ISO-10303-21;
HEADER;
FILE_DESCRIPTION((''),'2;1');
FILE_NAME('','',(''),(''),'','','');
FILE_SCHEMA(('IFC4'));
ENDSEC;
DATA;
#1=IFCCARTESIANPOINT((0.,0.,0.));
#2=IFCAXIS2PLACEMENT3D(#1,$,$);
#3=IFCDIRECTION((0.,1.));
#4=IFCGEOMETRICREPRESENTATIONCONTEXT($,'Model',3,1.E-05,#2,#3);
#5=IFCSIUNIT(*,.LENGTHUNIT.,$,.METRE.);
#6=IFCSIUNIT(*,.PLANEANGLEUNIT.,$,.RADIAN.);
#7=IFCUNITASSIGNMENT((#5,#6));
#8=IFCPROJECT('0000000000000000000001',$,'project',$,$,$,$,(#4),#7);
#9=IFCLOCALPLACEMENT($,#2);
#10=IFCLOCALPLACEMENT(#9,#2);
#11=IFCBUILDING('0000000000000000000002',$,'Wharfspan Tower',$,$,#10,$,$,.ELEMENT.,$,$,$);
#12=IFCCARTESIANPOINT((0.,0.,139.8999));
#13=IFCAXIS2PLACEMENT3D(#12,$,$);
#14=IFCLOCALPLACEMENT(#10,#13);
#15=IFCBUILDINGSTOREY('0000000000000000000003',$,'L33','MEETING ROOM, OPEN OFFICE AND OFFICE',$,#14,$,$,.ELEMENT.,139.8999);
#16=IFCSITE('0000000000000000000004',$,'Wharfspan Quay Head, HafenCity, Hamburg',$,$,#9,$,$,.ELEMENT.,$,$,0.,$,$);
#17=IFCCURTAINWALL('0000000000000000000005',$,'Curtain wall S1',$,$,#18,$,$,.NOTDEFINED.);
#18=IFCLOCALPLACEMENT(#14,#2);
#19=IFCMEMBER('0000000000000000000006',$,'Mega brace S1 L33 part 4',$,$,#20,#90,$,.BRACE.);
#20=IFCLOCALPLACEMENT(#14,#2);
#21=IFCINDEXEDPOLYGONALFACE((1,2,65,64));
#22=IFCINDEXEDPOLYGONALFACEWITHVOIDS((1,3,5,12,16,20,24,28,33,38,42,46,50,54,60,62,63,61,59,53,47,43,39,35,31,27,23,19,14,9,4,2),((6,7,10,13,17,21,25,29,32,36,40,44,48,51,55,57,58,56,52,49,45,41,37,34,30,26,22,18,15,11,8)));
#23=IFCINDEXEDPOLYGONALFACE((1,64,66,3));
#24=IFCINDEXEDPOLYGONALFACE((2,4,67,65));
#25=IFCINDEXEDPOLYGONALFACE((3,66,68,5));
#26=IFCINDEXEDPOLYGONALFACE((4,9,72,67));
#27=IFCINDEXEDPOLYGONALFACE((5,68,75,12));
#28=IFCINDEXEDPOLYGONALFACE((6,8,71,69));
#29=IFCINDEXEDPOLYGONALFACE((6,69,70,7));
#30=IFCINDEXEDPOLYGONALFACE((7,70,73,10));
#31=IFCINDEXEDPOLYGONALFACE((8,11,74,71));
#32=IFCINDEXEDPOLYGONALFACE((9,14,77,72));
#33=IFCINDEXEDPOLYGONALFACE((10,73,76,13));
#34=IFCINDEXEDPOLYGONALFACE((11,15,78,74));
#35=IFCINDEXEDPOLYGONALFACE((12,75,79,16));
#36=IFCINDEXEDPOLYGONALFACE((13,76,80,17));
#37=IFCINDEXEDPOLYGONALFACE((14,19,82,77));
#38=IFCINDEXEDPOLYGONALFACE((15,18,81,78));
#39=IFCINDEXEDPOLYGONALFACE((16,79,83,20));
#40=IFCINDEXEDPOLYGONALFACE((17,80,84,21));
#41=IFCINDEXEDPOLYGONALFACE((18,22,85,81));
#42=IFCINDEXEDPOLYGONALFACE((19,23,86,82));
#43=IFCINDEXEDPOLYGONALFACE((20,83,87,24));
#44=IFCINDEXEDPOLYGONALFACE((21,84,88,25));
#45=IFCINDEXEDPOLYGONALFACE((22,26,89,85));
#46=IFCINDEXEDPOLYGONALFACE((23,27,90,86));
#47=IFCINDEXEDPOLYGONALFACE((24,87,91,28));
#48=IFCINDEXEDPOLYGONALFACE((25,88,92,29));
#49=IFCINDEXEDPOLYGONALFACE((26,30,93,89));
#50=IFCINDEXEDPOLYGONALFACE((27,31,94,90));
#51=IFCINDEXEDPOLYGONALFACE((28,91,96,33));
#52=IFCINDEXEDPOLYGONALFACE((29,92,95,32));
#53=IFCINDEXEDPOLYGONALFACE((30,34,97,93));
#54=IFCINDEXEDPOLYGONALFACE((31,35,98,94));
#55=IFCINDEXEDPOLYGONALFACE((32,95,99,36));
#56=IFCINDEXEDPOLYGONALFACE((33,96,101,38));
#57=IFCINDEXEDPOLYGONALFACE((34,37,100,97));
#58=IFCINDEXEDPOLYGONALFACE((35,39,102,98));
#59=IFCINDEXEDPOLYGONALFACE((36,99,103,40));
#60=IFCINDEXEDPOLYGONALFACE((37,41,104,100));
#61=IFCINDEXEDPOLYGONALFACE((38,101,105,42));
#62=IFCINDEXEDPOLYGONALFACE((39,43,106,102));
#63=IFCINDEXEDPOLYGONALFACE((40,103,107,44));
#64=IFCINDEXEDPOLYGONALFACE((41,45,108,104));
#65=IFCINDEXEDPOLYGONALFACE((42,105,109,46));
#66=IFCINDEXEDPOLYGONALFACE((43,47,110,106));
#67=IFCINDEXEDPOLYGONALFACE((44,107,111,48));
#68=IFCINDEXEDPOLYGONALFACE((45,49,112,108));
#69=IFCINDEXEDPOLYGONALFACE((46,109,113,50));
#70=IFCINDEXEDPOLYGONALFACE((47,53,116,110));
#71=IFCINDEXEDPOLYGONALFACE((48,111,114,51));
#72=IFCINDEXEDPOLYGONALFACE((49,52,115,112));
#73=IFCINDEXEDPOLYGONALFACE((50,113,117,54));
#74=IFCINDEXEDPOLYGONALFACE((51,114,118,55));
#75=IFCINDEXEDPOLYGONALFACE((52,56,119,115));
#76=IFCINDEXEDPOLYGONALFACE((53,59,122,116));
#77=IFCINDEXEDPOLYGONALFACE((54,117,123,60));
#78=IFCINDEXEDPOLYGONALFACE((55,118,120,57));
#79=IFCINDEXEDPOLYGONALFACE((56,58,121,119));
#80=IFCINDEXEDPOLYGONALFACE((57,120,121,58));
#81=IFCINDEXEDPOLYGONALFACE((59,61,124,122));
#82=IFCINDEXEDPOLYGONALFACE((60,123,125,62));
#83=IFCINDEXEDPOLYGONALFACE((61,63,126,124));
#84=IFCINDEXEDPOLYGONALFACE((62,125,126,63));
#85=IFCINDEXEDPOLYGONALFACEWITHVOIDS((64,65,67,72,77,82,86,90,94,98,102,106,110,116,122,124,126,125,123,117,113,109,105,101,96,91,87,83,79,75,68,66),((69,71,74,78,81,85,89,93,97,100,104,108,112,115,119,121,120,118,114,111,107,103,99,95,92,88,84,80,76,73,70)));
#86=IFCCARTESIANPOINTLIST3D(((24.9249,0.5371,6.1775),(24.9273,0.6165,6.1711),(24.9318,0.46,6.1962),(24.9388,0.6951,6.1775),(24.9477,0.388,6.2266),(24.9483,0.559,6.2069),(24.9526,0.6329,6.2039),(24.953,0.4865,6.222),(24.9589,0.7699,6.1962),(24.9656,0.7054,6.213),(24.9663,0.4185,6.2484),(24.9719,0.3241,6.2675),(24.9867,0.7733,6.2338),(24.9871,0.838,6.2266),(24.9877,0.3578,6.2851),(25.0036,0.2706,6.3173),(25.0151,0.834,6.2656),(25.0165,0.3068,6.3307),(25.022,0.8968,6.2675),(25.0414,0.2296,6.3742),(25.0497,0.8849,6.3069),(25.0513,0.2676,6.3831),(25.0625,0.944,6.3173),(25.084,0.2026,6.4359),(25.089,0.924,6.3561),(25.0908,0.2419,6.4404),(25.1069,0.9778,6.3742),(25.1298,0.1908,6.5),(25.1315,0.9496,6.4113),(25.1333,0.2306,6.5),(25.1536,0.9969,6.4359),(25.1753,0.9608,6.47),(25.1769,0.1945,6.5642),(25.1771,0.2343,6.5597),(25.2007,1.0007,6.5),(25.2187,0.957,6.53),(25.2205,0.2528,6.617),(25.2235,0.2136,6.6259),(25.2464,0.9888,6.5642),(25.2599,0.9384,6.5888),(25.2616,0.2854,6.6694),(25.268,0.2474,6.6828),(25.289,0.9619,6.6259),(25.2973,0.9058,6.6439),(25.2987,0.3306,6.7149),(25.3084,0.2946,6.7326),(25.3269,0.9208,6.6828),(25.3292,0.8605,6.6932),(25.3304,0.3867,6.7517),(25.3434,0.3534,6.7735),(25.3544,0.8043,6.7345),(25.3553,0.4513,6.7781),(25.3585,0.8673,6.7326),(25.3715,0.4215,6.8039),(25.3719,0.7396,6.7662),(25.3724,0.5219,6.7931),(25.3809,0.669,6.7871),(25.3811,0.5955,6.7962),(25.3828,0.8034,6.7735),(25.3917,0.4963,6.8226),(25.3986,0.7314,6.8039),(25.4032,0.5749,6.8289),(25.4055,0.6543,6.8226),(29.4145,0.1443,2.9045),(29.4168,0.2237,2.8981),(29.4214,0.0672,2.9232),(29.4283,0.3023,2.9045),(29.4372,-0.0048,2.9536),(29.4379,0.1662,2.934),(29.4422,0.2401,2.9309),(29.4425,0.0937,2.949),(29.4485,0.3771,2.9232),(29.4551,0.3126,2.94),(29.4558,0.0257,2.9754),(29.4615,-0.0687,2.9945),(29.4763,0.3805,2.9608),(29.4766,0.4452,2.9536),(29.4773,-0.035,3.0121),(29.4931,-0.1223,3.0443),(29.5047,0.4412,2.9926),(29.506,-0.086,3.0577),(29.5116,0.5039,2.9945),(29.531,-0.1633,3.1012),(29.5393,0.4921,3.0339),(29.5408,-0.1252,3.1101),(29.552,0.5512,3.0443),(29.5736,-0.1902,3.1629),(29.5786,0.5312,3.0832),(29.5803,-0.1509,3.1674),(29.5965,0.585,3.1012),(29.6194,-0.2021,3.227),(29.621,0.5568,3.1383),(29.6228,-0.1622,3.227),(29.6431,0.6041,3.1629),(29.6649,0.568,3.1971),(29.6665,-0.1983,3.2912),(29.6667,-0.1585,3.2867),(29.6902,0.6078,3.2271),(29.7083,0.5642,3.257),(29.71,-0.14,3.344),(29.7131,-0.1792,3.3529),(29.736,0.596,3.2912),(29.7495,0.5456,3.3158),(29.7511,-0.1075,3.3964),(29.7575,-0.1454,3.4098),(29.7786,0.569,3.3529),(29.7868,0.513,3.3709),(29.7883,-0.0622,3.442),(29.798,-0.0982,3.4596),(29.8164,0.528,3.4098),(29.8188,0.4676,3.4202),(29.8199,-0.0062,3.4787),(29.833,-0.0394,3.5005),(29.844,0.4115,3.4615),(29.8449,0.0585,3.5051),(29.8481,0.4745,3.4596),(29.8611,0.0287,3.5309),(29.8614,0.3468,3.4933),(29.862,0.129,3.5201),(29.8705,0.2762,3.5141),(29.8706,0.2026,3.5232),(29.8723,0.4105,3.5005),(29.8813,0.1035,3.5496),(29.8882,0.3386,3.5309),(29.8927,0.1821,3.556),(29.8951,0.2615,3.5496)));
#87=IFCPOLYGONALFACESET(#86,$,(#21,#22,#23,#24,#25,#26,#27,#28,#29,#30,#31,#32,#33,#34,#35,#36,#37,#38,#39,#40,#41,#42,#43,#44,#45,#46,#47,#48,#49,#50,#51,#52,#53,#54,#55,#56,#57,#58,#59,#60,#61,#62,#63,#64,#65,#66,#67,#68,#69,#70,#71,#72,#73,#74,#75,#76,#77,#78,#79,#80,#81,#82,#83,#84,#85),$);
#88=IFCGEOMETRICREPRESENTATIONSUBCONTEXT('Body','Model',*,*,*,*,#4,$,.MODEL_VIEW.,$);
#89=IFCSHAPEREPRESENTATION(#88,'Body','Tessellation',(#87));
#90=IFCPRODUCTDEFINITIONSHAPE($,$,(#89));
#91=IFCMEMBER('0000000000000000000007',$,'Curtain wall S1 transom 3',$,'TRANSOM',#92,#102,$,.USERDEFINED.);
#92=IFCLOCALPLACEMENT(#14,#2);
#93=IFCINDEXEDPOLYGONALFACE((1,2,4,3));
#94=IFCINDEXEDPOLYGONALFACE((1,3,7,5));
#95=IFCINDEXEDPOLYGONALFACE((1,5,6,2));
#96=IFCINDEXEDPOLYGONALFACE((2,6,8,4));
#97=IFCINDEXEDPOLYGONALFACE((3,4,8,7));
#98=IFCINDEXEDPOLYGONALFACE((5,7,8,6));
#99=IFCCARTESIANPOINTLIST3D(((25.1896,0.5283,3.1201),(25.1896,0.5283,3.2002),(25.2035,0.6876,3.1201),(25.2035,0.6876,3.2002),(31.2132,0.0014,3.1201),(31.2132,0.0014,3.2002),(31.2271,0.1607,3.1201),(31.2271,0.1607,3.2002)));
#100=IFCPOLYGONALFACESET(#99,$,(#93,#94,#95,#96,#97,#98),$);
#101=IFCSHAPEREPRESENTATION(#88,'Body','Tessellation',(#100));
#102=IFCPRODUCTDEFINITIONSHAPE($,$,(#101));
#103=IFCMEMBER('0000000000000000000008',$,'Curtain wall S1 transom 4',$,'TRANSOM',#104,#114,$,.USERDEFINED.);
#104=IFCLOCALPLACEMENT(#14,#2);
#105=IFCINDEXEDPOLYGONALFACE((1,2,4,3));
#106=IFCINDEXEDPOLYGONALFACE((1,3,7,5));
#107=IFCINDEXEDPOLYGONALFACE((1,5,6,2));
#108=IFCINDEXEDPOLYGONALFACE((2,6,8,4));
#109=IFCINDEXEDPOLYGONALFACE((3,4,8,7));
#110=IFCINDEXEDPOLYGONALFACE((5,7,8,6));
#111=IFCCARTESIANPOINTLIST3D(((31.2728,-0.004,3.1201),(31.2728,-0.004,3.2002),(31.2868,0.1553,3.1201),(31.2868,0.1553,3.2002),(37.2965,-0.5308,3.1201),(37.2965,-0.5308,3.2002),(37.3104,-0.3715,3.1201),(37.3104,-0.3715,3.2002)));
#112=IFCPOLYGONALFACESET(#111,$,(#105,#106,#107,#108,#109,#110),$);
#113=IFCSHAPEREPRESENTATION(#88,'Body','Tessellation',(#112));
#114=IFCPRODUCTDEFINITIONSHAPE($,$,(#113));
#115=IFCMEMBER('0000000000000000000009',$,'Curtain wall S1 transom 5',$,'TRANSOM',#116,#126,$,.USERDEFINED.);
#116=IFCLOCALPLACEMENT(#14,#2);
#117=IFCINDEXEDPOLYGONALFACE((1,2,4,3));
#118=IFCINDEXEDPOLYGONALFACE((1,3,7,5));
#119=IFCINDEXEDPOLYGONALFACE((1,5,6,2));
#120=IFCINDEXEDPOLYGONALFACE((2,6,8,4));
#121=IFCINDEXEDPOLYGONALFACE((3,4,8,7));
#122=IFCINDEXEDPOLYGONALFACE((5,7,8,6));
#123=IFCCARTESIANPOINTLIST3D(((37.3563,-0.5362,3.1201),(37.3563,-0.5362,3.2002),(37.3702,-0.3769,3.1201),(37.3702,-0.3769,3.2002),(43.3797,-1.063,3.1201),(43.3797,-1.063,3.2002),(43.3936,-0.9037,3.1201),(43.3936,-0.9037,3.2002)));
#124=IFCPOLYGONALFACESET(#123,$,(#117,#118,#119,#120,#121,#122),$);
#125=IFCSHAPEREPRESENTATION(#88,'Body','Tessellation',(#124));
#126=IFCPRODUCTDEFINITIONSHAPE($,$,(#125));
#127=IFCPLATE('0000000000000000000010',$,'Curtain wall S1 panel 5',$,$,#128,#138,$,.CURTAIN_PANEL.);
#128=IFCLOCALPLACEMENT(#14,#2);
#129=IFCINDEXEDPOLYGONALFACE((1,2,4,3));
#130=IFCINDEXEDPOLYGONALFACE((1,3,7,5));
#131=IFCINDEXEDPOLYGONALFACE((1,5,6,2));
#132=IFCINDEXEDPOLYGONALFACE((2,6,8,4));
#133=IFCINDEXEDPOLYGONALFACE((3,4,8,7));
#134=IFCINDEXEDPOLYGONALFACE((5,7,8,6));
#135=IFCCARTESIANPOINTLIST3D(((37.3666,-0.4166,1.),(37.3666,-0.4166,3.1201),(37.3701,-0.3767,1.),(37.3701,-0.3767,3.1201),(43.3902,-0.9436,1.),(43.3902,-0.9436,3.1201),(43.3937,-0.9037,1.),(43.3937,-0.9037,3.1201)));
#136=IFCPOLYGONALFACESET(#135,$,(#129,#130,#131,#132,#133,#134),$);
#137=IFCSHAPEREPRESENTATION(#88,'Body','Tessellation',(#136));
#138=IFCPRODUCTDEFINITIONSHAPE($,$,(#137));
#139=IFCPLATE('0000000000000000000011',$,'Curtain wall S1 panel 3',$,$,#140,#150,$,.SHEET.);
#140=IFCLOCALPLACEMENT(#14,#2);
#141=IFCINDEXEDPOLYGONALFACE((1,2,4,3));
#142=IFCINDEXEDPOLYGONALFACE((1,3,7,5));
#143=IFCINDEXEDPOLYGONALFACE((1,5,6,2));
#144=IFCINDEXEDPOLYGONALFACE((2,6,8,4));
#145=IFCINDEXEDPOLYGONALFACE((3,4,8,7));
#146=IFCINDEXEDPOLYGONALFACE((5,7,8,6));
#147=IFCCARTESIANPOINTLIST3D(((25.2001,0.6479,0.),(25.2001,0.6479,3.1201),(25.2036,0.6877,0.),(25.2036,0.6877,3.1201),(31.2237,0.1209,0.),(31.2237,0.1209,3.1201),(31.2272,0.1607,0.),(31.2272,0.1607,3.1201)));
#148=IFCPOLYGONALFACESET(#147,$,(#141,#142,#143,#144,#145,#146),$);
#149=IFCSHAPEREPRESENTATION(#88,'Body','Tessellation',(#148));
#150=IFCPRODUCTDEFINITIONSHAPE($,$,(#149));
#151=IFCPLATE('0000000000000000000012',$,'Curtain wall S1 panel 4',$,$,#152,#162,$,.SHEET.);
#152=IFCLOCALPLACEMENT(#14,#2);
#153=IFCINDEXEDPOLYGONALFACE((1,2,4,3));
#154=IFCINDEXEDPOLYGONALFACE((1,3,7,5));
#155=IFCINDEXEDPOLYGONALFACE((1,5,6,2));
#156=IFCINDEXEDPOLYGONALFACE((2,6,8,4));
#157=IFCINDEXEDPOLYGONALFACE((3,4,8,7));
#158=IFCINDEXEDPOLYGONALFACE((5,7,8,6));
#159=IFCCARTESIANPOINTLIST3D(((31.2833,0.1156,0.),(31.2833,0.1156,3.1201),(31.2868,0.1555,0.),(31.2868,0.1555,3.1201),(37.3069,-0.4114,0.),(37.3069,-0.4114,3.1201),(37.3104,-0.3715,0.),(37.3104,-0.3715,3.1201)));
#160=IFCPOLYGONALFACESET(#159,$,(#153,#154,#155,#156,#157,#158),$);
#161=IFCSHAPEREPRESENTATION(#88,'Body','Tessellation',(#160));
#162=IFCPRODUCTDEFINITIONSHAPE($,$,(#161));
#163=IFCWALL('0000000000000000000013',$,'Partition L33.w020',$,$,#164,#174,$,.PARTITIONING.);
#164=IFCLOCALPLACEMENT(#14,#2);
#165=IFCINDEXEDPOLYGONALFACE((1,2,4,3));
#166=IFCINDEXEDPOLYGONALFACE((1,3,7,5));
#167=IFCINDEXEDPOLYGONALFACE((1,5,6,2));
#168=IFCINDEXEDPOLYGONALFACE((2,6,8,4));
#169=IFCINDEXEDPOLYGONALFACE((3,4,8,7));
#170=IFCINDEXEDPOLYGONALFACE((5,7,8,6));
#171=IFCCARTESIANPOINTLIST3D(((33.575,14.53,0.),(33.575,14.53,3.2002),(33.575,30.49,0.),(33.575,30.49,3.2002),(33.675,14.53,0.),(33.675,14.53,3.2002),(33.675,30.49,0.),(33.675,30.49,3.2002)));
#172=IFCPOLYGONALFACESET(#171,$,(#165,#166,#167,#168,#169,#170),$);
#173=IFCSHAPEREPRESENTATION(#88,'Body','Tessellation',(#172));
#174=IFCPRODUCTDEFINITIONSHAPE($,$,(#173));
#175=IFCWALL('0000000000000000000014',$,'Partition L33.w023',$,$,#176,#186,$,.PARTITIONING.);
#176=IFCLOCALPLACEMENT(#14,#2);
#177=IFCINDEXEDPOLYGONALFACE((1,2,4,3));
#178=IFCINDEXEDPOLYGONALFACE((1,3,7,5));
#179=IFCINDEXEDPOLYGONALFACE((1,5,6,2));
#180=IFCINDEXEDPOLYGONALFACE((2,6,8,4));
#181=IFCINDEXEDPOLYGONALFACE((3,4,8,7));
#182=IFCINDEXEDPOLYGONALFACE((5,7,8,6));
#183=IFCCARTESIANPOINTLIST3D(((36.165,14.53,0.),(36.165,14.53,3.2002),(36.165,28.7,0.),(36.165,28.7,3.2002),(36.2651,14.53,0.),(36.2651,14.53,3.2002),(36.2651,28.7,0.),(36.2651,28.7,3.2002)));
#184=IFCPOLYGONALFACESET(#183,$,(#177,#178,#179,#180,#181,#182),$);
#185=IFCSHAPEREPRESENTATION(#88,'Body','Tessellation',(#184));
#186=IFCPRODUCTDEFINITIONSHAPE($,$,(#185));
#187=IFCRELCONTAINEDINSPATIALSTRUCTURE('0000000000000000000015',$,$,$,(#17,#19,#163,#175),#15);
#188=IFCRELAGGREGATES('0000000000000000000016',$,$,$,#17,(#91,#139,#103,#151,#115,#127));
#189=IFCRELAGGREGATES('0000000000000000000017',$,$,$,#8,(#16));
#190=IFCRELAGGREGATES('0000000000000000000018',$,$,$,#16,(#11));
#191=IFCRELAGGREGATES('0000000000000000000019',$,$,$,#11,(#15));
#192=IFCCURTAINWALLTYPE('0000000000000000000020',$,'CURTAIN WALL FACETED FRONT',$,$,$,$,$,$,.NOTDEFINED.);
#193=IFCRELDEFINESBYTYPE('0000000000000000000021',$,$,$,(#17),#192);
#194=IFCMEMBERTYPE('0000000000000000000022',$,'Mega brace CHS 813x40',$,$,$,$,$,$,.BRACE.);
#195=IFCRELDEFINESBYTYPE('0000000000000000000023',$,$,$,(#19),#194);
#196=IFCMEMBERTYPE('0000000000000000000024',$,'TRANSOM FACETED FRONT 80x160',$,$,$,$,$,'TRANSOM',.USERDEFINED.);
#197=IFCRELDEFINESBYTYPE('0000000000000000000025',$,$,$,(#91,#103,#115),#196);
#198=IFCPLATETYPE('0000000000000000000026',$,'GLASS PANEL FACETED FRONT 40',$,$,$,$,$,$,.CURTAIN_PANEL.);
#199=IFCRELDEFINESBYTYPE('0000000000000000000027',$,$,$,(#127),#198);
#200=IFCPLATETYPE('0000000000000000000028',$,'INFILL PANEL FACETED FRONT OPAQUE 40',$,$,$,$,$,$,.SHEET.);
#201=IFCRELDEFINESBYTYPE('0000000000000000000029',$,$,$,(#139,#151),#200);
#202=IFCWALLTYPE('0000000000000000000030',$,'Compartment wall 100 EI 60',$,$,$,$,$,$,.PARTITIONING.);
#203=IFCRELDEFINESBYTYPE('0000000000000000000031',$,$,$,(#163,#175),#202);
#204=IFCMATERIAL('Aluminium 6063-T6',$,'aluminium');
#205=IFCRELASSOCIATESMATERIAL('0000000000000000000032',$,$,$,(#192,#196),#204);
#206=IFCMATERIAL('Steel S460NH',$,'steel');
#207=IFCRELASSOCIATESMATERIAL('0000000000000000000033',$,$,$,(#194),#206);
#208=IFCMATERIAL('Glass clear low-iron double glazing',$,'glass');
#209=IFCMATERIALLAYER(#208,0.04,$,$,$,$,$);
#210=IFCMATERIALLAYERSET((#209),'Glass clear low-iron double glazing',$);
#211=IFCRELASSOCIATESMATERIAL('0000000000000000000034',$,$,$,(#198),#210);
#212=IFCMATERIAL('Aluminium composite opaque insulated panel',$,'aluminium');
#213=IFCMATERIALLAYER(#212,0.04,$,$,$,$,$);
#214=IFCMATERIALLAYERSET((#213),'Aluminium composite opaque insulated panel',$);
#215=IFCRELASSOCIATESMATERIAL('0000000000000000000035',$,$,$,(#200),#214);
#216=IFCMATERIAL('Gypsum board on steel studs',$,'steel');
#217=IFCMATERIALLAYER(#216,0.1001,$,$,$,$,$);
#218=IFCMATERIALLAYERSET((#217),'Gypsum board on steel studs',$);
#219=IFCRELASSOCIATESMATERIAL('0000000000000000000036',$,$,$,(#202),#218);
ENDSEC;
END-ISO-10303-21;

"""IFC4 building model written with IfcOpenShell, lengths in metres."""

from ifc_helpers import new_model, si_unit, direction, frame, frame_2d, origin, origin_2d, place, context, subcontext, project, spatial, rectangle, hollow_circle, extrude, material, layer, layer_set, material_profile, profile_set, type_object, element, aggregate, save


model = new_model("IFC4")

# Units and contexts
model_context = context("Model", 3, precision=1e-05, world=origin(), true_north=direction((0.0, 1.0)))
body_context = subcontext(model_context, "Body", "Model", "MODEL_VIEW")
ifc_project = project(units=[si_unit("LENGTHUNIT", "METRE"), si_unit("PLANEANGLEUNIT", "RADIAN")], contexts=[model_context])

# Site, building, storey
site_placement = place(None, origin())
site = spatial("IfcSite", under=ifc_project, at=site_placement, Name="Wharfspan Quay Head, HafenCity, Hamburg", CompositionType="ELEMENT", RefElevation=0.0)
building_placement = place(site_placement, origin())
building = spatial("IfcBuilding", under=site, at=building_placement, Name="Wharfspan Tower", CompositionType="ELEMENT")
storey_placement = place(building_placement, frame((0.0, 0.0, 139.8999)))
storey = spatial("IfcBuildingStorey", under=building, at=storey_placement, Name="L33", Description="MEETING ROOM, OPEN OFFICE AND OFFICE", CompositionType="ELEMENT", Elevation=139.8999)

# Curtain wall
ifc_material_1 = material(Name="Aluminium 6063-T6", Category="aluminium")
curtain_wall_type = type_object("IfcCurtainWallType", Name="CURTAIN WALL FACETED FRONT", PredefinedType="NOTDEFINED", material=ifc_material_1)
curtain_wall_placement = place(storey_placement, origin())
curtain_wall = element("IfcCurtainWall", 1, at=curtain_wall_placement, inside=storey, type_object=curtain_wall_type, Name="Curtain wall S1", PredefinedType="NOTDEFINED")

# Member
ifc_material_2 = material(Name="Steel S460NH", Category="steel")
ifc_material_profile_1 = material_profile(ifc_material_2, hollow_circle(Radius=0.4065, WallThickness=0.04, at=origin_2d()))
ifc_profile_set_1 = profile_set([ifc_material_profile_1], Name="Steel S460NH")
member_type_1 = type_object("IfcMemberType", Name="Mega brace CHS 813x40", PredefinedType="BRACE", material=ifc_profile_set_1)
member_1_placement = place(storey_placement, frame((29.6548, 0.2029, 3.2271), z_axis=(-0.806051, 0.070528, 0.587629), x_axis=(-0.087168, -0.996193, -0.000004)))
element("IfcMember", 2, at=member_1_placement, inside=storey, type_object=member_type_1, Name="Mega brace S1 L33 part 4", PredefinedType="BRACE", context=body_context, shape_type="SweptSolid", body=[
    extrude(hollow_circle(Radius=0.4065, WallThickness=0.04, at=origin_2d()), origin(), (0.0, 0.0, 1.0), 5.5698),
])

# Members
ifc_material_profile_2 = material_profile(ifc_material_1, rectangle(XDim=0.1599, YDim=0.0801, at=origin_2d()))
ifc_profile_set_2 = profile_set([ifc_material_profile_2], Name="Aluminium 6063-T6")
member_type_2 = type_object("IfcMemberType", Name="TRANSOM FACETED FRONT 80x160", ElementType="TRANSOM", PredefinedType="USERDEFINED", material=ifc_profile_set_2)
member_2_placement = place(storey_placement, frame((25.1965, 0.6079, 3.1602), z_axis=(0.996197, -0.087131, 0.0), x_axis=(0.087131, 0.996197, 0.0)))
member_2 = element("IfcMember", 3, at=member_2_placement, type_object=member_type_2, Name="Curtain wall S1 transom 3", ObjectType="TRANSOM", PredefinedType="USERDEFINED", context=body_context, shape_type="SweptSolid", body=[
    extrude(rectangle(XDim=0.1599, YDim=0.0801, at=origin_2d()), origin(), (0.0, 0.0, 1.0), 6.0466),
])
member_3_placement = place(storey_placement, frame((31.2798, 0.0757, 3.1602), z_axis=(0.996197, -0.087131, 0.0), x_axis=(0.087131, 0.996197, 0.0)))
member_3 = element("IfcMember", 4, at=member_3_placement, type_object=member_type_2, Name="Curtain wall S1 transom 4", ObjectType="TRANSOM", PredefinedType="USERDEFINED", context=body_context, shape_type="SweptSolid", body=[
    extrude(rectangle(XDim=0.1599, YDim=0.0801, at=origin_2d()), origin(), (0.0, 0.0, 1.0), 6.0466),
])
member_4_placement = place(storey_placement, frame((37.3633, -0.4565, 3.1602), z_axis=(0.996197, -0.087135, 0.0), x_axis=(0.087135, 0.996197, 0.0)))
member_4 = element("IfcMember", 5, at=member_4_placement, type_object=member_type_2, Name="Curtain wall S1 transom 5", ObjectType="TRANSOM", PredefinedType="USERDEFINED", context=body_context, shape_type="SweptSolid", body=[
    extrude(rectangle(XDim=0.1599, YDim=0.0801, at=origin_2d()), origin(), (0.0, 0.0, 1.0), 6.0464),
])

# Plates
ifc_material_3 = material(Name="Glass clear low-iron double glazing", Category="glass")
ifc_layer_1 = layer(ifc_material_3, 0.04)
ifc_layer_set_1 = layer_set([ifc_layer_1], Name="Glass clear low-iron double glazing")
plate_type_1 = type_object("IfcPlateType", Name="GLASS PANEL FACETED FRONT 40", PredefinedType="CURTAIN_PANEL", material=ifc_layer_set_1)
plate_1_placement = place(storey_placement, frame((40.3801, -0.6602, 1.0), z_axis=(0.0, 0.0, 1.0), x_axis=(0.996198, -0.087156, 0.0)))
plate_1 = element("IfcPlate", 6, at=plate_1_placement, type_object=plate_type_1, Name="Curtain wall S1 panel 5", PredefinedType="CURTAIN_PANEL", context=body_context, shape_type="SweptSolid", body=[
    extrude(rectangle(XDim=6.0466, YDim=0.04, at=origin_2d()), origin(), (0.0, 0.0, 1.0), 2.1201),
])
ifc_material_4 = material(Name="Aluminium composite opaque insulated panel", Category="aluminium")
ifc_layer_2 = layer(ifc_material_4, 0.04)
ifc_layer_set_2 = layer_set([ifc_layer_2], Name="Aluminium composite opaque insulated panel")
plate_type_2 = type_object("IfcPlateType", Name="INFILL PANEL FACETED FRONT OPAQUE 40", PredefinedType="SHEET", material=ifc_layer_set_2)
plate_2_placement = place(storey_placement, frame((28.2136, 0.4043, 0.0), z_axis=(0.0, 0.0, 1.0), x_axis=(0.996198, -0.087156, 0.0)))
plate_2 = element("IfcPlate", 7, at=plate_2_placement, type_object=plate_type_2, Name="Curtain wall S1 panel 3", PredefinedType="SHEET", context=body_context, shape_type="SweptSolid", body=[
    extrude(rectangle(XDim=6.0466, YDim=0.04, at=origin_2d()), origin(), (0.0, 0.0, 1.0), 3.1201),
])
plate_3_placement = place(storey_placement, frame((34.2969, -0.1279, 0.0), z_axis=(0.0, 0.0, 1.0), x_axis=(0.996198, -0.087156, 0.0)))
plate_3 = element("IfcPlate", 8, at=plate_3_placement, type_object=plate_type_2, Name="Curtain wall S1 panel 4", PredefinedType="SHEET", context=body_context, shape_type="SweptSolid", body=[
    extrude(rectangle(XDim=6.0466, YDim=0.04, at=origin_2d()), origin(), (0.0, 0.0, 1.0), 3.1201),
])
aggregate(curtain_wall, [member_2, plate_2, member_3, plate_3, member_4, plate_1])

# Walls
ifc_material_5 = material(Name="Gypsum board on steel studs", Category="steel")
ifc_layer_3 = layer(ifc_material_5, 0.1001)
ifc_layer_set_3 = layer_set([ifc_layer_3], Name="Gypsum board on steel studs")
wall_type_1 = type_object("IfcWallType", Name="Compartment wall 100 EI 60", PredefinedType="PARTITIONING", material=ifc_layer_set_3)
wall_1_placement = place(storey_placement, frame((33.625, 14.53, 0.0), z_axis=(0.0, 0.0, 1.0), x_axis=(0.0, 1.0, 0.0)))
element("IfcWall", 9, at=wall_1_placement, inside=storey, type_object=wall_type_1, Name="Partition L33.w020", PredefinedType="PARTITIONING", context=body_context, shape_type="SweptSolid", body=[
    extrude(rectangle(XDim=15.96, YDim=0.1001, at=frame_2d((7.98, 0.0))), origin(), (0.0, 0.0, 1.0), 3.2002),
])
for number, where, z_axis, x_axis, name in (
    (10, (36.2151, 14.53, 0.0), (0.0, 0.0, 1.0), (0.0, 1.0, 0.0), "Partition L33.w023"),
):
    element("IfcWall", number, at=place(storey_placement, frame(where, z_axis=z_axis, x_axis=x_axis)), inside=storey, type_object=wall_type_1, Name=name, PredefinedType="PARTITIONING", context=body_context, shape_type="SweptSolid", body=[
        extrude(rectangle(XDim=14.1699, YDim=0.1001, at=frame_2d((7.085, 0.0))), origin(), (0.0, 0.0, 1.0), 3.2002),
    ])

save(model, "model.ifc")
